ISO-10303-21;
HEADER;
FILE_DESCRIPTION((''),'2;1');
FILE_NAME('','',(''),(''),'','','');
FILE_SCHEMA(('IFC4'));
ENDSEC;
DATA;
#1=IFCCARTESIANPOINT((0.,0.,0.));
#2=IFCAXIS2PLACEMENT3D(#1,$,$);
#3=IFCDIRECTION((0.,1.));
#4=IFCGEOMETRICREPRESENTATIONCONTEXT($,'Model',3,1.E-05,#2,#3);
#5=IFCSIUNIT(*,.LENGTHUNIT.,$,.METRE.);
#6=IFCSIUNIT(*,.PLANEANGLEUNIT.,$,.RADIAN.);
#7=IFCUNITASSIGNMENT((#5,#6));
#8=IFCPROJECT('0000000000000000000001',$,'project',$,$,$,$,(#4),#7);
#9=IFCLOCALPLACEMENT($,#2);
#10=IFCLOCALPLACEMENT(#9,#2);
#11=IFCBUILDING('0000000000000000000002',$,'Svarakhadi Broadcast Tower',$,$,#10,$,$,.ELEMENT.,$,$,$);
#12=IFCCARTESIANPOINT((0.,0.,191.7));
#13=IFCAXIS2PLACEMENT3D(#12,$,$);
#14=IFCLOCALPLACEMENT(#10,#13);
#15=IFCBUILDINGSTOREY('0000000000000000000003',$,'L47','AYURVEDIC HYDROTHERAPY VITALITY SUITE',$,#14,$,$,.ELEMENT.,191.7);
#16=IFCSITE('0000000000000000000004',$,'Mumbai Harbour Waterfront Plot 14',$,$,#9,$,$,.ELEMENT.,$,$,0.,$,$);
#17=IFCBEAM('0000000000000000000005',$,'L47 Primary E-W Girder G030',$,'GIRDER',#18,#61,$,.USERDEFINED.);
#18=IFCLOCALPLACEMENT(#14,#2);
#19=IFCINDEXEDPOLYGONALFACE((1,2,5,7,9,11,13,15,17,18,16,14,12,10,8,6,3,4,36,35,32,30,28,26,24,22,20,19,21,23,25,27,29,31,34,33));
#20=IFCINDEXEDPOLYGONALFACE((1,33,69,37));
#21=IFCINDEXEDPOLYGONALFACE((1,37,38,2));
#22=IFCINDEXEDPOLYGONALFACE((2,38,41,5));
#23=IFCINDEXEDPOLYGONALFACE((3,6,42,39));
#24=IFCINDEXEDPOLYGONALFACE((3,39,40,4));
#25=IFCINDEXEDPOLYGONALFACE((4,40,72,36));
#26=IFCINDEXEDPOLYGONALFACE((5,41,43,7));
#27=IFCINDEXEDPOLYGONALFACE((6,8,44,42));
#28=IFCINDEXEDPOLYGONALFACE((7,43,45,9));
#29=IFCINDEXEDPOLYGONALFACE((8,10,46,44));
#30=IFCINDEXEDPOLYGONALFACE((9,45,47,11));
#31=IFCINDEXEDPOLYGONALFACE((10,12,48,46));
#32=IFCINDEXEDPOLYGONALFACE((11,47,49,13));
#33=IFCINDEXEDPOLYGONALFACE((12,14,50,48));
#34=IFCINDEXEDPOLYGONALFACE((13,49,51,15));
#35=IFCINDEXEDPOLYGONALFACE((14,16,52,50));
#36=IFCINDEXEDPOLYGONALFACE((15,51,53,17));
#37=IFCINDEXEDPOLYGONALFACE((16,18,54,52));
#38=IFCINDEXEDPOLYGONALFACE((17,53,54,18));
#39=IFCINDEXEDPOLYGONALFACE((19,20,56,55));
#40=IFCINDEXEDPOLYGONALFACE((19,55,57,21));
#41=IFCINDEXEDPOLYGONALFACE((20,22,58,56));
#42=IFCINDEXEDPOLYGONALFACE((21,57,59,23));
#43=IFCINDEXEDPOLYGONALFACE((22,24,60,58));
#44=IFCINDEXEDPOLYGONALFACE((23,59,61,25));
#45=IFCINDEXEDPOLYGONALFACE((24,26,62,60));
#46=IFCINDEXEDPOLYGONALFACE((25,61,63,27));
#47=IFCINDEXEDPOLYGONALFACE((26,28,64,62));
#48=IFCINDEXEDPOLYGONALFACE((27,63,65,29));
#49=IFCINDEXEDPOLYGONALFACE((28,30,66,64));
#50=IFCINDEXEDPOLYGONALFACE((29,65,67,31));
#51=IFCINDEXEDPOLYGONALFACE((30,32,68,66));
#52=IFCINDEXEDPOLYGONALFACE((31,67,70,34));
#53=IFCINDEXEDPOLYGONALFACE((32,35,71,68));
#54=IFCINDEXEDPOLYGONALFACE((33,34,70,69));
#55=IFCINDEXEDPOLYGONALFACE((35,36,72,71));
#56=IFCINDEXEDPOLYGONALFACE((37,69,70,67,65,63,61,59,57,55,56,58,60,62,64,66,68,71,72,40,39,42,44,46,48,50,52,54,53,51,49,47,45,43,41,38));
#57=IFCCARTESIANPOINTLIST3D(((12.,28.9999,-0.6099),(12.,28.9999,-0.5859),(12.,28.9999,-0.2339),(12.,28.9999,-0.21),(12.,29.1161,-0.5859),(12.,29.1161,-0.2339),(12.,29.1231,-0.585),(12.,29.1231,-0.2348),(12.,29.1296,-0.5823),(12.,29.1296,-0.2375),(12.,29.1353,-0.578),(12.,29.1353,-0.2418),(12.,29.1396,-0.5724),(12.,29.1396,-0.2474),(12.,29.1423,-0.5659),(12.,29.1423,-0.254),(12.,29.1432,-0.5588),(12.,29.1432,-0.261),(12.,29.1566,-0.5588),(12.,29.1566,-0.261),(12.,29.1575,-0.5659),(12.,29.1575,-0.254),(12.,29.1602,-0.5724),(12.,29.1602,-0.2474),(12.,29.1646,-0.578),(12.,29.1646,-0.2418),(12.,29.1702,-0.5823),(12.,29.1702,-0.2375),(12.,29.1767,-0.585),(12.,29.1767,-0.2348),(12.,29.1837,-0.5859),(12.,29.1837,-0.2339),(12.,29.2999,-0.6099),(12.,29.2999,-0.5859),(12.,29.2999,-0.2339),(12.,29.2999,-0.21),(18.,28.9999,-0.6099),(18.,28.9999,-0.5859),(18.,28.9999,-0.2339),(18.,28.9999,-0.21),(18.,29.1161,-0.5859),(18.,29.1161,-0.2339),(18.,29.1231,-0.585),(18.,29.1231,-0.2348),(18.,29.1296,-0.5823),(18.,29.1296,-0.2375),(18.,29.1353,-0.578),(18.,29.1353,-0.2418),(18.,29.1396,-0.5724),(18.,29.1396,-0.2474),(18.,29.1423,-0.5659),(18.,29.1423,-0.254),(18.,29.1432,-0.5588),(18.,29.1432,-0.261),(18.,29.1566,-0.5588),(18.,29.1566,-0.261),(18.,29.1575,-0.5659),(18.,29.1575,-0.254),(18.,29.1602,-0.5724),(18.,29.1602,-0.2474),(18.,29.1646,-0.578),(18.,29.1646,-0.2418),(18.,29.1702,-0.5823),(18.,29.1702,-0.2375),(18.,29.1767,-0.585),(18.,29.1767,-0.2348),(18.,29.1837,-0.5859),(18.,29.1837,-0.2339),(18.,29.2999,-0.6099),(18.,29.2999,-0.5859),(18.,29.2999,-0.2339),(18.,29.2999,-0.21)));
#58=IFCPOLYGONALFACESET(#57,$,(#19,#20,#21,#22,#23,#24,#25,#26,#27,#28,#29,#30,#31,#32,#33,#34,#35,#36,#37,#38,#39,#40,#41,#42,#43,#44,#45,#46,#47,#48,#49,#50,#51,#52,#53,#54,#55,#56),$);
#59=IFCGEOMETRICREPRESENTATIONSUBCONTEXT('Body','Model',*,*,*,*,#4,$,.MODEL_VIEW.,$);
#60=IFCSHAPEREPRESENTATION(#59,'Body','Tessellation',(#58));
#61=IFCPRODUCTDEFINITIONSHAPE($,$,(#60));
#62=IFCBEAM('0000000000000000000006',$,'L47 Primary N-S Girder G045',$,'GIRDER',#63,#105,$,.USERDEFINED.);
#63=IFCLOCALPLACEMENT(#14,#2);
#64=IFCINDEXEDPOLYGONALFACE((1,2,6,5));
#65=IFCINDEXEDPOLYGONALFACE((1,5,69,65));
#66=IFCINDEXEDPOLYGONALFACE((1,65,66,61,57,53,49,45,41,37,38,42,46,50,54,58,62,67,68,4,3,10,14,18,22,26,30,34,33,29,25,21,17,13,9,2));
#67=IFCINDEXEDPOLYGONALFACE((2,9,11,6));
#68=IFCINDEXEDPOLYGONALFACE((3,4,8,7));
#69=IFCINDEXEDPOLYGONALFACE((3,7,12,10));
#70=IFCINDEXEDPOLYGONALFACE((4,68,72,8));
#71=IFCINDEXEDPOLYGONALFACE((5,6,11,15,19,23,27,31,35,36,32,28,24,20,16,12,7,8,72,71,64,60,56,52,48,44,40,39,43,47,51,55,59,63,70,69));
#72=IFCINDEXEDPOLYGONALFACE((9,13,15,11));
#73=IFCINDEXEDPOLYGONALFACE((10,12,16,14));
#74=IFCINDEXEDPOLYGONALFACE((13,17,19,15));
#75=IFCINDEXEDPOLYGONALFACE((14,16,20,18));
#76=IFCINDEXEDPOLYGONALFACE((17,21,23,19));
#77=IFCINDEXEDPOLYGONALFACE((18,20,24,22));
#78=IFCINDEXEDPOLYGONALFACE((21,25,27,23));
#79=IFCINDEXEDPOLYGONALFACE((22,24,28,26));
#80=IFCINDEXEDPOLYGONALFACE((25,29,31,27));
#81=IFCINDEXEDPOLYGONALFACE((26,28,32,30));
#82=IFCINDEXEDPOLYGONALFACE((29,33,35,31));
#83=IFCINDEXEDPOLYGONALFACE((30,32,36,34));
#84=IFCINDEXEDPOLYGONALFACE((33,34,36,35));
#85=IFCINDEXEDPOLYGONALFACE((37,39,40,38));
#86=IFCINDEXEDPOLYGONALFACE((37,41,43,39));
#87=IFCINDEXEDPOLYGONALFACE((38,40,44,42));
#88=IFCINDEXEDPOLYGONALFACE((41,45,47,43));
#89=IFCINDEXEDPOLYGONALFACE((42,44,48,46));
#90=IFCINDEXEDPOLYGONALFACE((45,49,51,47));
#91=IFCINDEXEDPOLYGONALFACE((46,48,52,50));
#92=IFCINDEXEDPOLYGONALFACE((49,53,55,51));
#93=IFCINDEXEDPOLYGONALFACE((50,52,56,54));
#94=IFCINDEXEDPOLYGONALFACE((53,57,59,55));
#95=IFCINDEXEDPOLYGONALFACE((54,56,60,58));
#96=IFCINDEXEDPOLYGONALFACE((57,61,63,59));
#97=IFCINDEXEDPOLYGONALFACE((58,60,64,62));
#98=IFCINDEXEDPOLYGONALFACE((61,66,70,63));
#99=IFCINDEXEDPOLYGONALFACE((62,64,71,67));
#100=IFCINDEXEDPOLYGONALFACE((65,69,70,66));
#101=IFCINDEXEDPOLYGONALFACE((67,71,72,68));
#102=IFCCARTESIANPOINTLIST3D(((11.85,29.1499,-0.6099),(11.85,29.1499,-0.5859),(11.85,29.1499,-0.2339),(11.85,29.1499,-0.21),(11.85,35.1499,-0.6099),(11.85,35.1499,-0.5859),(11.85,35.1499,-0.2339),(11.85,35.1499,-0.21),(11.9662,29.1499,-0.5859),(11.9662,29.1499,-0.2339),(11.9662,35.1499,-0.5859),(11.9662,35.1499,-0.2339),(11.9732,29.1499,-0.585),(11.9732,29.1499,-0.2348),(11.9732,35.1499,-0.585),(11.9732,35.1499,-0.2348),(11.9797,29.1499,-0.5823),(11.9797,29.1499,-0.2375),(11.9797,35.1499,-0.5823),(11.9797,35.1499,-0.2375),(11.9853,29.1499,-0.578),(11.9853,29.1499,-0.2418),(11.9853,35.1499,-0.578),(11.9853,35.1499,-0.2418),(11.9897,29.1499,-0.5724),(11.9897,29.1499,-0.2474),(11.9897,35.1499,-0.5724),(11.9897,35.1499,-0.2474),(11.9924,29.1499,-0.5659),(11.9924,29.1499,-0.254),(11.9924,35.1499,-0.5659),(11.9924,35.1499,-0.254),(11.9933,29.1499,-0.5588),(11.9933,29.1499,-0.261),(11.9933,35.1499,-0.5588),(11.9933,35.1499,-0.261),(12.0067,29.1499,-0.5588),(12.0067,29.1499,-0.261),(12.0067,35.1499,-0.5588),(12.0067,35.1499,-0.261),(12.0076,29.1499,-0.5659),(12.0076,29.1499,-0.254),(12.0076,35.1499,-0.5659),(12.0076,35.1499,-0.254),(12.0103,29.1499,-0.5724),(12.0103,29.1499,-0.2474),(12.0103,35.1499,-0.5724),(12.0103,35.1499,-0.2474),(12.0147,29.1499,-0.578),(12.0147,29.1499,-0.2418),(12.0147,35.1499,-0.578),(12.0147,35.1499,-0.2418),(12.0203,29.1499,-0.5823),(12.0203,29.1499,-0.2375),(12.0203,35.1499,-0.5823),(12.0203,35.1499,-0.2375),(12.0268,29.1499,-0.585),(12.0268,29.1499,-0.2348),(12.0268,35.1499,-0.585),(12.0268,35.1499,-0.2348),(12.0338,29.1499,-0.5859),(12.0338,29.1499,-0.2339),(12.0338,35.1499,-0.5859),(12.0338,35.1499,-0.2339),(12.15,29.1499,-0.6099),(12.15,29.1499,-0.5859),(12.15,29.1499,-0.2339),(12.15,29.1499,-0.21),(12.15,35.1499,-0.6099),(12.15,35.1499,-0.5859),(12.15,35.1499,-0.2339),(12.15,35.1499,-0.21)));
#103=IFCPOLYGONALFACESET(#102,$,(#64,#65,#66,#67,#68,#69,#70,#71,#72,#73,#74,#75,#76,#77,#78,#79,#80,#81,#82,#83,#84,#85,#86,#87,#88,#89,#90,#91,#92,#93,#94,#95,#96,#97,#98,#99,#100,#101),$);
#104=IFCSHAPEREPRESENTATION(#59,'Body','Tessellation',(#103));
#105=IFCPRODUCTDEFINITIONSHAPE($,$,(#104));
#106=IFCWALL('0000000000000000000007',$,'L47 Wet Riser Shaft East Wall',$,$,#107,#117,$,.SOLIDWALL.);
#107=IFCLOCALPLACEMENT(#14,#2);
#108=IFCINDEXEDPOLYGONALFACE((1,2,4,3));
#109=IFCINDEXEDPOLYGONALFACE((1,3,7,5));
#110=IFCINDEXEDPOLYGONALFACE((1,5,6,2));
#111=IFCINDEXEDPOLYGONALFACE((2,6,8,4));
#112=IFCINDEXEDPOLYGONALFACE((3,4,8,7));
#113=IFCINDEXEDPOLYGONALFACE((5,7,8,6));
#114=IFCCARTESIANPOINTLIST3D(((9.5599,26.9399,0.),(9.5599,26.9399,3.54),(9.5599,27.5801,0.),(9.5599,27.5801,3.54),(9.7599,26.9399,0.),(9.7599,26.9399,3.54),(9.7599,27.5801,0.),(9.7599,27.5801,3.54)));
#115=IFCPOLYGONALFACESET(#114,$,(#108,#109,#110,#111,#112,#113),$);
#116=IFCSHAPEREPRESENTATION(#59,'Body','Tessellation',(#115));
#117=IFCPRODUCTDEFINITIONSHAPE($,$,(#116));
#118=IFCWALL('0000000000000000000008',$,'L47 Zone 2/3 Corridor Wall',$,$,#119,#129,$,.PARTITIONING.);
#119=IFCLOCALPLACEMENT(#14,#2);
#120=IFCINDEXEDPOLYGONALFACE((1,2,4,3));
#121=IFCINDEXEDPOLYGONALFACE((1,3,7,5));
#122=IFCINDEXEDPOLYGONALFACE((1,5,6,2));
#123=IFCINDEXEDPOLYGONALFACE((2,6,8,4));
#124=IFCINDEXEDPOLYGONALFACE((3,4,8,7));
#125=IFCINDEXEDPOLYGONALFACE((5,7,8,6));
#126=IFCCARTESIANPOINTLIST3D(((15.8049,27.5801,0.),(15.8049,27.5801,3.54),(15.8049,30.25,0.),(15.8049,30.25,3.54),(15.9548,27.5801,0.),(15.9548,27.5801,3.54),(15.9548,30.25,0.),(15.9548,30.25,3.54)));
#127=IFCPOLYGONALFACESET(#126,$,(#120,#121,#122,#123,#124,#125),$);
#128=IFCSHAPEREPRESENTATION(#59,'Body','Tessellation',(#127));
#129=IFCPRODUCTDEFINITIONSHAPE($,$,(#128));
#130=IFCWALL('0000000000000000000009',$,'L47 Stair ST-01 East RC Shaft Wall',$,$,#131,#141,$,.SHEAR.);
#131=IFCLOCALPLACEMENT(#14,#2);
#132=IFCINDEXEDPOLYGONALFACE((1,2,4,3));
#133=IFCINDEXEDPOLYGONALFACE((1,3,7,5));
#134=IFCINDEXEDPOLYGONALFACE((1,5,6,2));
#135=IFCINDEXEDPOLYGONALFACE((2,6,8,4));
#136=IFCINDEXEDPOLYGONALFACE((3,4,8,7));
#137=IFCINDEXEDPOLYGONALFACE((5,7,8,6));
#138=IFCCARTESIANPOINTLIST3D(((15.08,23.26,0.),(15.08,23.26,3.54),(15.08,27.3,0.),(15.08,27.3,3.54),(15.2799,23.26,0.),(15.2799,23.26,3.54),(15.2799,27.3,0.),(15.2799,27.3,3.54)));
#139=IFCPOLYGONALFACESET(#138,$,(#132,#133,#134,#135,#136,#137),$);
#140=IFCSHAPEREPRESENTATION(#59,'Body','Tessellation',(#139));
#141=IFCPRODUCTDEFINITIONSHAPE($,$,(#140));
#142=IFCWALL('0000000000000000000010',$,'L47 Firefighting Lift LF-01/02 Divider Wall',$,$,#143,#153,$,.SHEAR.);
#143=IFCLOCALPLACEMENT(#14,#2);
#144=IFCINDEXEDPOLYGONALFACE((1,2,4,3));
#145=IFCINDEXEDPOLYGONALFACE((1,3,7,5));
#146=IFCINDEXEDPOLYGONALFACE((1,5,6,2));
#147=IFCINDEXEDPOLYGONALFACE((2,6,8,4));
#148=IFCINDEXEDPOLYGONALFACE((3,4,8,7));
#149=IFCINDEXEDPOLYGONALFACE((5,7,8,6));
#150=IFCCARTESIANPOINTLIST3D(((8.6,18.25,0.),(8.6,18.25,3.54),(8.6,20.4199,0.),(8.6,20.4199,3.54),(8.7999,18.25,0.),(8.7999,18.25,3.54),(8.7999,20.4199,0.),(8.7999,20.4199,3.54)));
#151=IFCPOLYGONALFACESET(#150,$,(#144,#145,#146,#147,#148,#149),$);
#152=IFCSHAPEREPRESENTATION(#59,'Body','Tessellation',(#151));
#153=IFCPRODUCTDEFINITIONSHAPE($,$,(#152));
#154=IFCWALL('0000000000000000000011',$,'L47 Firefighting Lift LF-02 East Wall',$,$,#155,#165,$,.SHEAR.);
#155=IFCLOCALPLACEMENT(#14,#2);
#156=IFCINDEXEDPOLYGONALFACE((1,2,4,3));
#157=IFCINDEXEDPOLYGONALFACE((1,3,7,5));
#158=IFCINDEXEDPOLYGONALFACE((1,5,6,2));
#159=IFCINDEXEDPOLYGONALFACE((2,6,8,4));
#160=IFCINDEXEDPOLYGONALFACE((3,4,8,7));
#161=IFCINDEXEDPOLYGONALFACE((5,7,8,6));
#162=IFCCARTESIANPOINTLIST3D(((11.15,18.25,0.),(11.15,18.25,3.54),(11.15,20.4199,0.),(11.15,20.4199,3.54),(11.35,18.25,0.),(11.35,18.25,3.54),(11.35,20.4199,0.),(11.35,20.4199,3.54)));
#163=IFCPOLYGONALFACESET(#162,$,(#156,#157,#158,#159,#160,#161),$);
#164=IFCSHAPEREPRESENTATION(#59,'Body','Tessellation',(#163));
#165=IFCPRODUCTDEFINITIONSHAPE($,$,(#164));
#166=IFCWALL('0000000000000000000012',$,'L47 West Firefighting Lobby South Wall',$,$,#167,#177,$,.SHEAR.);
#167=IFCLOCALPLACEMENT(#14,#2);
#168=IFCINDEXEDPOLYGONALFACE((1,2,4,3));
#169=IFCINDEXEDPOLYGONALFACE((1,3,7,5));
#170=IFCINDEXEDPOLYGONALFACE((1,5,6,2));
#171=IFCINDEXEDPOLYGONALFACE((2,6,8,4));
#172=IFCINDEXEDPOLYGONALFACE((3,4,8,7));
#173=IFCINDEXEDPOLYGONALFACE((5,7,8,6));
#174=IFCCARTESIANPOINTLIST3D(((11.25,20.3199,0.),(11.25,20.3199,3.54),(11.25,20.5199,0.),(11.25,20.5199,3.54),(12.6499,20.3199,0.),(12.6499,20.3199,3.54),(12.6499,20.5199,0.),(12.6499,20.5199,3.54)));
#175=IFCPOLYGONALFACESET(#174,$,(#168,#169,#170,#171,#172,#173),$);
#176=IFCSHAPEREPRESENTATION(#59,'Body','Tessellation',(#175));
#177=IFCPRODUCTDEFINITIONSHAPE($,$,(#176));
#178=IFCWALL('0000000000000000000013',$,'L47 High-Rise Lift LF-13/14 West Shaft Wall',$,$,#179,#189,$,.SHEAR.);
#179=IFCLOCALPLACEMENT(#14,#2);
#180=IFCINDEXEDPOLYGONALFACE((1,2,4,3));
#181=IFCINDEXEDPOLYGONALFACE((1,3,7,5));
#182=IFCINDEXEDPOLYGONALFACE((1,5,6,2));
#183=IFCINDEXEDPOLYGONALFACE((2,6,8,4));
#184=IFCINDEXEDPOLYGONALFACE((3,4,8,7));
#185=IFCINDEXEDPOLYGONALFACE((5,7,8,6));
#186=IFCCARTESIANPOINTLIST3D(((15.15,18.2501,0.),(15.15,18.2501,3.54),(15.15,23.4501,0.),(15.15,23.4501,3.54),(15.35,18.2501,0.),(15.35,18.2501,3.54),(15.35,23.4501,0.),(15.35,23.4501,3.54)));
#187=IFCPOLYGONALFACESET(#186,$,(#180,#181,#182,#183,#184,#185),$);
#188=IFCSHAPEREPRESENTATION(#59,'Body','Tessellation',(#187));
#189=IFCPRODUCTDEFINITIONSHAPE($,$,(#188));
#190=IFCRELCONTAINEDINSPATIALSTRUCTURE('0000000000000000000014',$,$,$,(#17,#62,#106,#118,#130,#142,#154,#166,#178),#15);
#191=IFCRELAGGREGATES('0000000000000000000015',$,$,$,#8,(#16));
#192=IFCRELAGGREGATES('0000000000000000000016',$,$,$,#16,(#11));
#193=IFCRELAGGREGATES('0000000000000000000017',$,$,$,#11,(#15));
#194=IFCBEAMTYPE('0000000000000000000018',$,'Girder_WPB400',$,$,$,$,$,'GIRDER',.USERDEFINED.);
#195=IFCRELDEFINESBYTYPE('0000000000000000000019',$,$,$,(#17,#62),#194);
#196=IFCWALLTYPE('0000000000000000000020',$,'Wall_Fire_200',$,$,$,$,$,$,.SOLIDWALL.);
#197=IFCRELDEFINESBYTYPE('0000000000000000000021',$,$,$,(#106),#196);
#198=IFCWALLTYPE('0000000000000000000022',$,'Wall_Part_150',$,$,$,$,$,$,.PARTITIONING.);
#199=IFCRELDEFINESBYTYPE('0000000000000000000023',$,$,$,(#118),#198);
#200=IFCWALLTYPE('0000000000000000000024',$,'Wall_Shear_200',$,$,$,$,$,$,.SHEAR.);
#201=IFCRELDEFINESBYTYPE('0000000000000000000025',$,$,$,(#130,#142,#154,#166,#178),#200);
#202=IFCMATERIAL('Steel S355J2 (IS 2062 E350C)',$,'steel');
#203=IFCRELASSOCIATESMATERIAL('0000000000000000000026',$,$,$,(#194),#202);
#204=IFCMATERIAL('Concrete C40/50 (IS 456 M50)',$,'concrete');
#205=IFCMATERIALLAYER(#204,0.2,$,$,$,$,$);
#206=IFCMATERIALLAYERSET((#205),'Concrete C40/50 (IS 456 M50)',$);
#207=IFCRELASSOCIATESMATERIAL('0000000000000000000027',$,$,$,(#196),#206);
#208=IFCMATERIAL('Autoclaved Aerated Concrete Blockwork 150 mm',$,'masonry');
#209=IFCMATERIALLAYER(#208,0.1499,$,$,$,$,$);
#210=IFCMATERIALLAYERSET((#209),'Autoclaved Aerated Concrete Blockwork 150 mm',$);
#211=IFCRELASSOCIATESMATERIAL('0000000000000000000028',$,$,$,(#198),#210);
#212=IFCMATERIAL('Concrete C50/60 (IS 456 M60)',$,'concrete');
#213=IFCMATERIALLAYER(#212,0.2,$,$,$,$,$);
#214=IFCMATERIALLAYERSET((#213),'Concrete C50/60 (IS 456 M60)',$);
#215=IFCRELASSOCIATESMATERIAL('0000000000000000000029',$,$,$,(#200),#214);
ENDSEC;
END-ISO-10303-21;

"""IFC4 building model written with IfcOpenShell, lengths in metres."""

from ifc_helpers import new_model, si_unit, direction, frame, frame_2d, origin, origin_2d, place, context, subcontext, project, spatial, rectangle, i_section, extrude, material, layer, layer_set, material_profile, profile_set, type_object, element, save


model = new_model("IFC4")

# Units and contexts
model_context = context("Model", 3, precision=1e-05, world=origin(), true_north=direction((0.0, 1.0)))
body_context = subcontext(model_context, "Body", "Model", "MODEL_VIEW")
ifc_project = project(units=[si_unit("LENGTHUNIT", "METRE"), si_unit("PLANEANGLEUNIT", "RADIAN")], contexts=[model_context])

# Site, building, storey
site_placement = place(None, origin())
site = spatial("IfcSite", under=ifc_project, at=site_placement, Name="Mumbai Harbour Waterfront Plot 14", CompositionType="ELEMENT", RefElevation=0.0)
building_placement = place(site_placement, origin())
building = spatial("IfcBuilding", under=site, at=building_placement, Name="Svarakhadi Broadcast Tower", CompositionType="ELEMENT")
storey_placement = place(building_placement, frame((0.0, 0.0, 191.7)))
storey = spatial("IfcBuildingStorey", under=building, at=storey_placement, Name="L47", Description="AYURVEDIC HYDROTHERAPY VITALITY SUITE", CompositionType="ELEMENT", Elevation=191.7)

# Shared definitions
ifc_material_1 = material(Name="Concrete C50/60 (IS 456 M60)", Category="concrete")

# Beams
ifc_material_2 = material(Name="Steel S355J2 (IS 2062 E350C)", Category="steel")
ifc_material_profile_1 = material_profile(ifc_material_2, i_section(OverallWidth=0.3, OverallDepth=0.3999, WebThickness=0.0134, FlangeThickness=0.0239, FilletRadius=0.0271, at=origin_2d()), Name="WPB 400x300x155")
ifc_profile_set_1 = profile_set([ifc_material_profile_1], Name="Steel S355J2 (IS 2062 E350C)")
beam_type = type_object("IfcBeamType", Name="Girder_WPB400", ElementType="GIRDER", PredefinedType="USERDEFINED", material=ifc_profile_set_1)
for number, where, z_axis, x_axis, name in (
    (1, (12.0, 29.1499, -0.4099), (1.0, 0.0, 0.0), (0.0, 1.0, 0.0), "L47 Primary E-W Girder G030"),
    (2, (12.0, 29.1499, -0.4099), (0.0, 1.0, 0.0), (-1.0, 0.0, 0.0), "L47 Primary N-S Girder G045"),
):
    element("IfcBeam", number, at=place(storey_placement, frame(where, z_axis=z_axis, x_axis=x_axis)), inside=storey, type_object=beam_type, Name=name, ObjectType="GIRDER", PredefinedType="USERDEFINED", context=body_context, shape_type="SweptSolid", body=[
        extrude(i_section(OverallWidth=0.3, OverallDepth=0.3999, WebThickness=0.0134, FlangeThickness=0.0239, FilletRadius=0.0271, at=origin_2d()), origin(), (0.0, 0.0, 1.0), 6.0),
    ])

# Wall
ifc_material_3 = material(Name="Concrete C40/50 (IS 456 M50)", Category="concrete")
ifc_layer_1 = layer(ifc_material_3, 0.2)
ifc_layer_set_1 = layer_set([ifc_layer_1], Name="Concrete C40/50 (IS 456 M50)")
wall_type_1 = type_object("IfcWallType", Name="Wall_Fire_200", PredefinedType="SOLIDWALL", material=ifc_layer_set_1)
wall_1_placement = place(storey_placement, frame((9.6599, 26.9399, 0.0), z_axis=(0.0, 0.0, 1.0), x_axis=(0.0, 1.0, 0.0)))
element("IfcWall", 3, at=wall_1_placement, inside=storey, type_object=wall_type_1, Name="L47 Wet Riser Shaft East Wall", PredefinedType="SOLIDWALL", context=body_context, shape_type="SweptSolid", body=[
    extrude(rectangle(XDim=0.6401, YDim=0.2, at=frame_2d((0.3201, 0.0))), origin(), (0.0, 0.0, 1.0), 3.54),
])

# Shared definitions
ifc_material_4 = material(Name="Autoclaved Aerated Concrete Blockwork 150 mm", Category="masonry")
ifc_layer_2 = layer(ifc_material_4, 0.1499)
ifc_layer_set_2 = layer_set([ifc_layer_2], Name="Autoclaved Aerated Concrete Blockwork 150 mm")
wall_type_2 = type_object("IfcWallType", Name="Wall_Part_150", PredefinedType="PARTITIONING", material=ifc_layer_set_2)

# Walls
wall_2_placement = place(storey_placement, frame((15.8799, 27.5801, 0.0), z_axis=(0.0, 0.0, 1.0), x_axis=(0.0, 1.0, 0.0)))
element("IfcWall", 4, at=wall_2_placement, inside=storey, type_object=wall_type_2, Name="L47 Zone 2/3 Corridor Wall", PredefinedType="PARTITIONING", context=body_context, shape_type="SweptSolid", body=[
    extrude(rectangle(XDim=2.6699, YDim=0.1499, at=frame_2d((1.335, 0.0))), origin(), (0.0, 0.0, 1.0), 3.54),
])
ifc_layer_3 = layer(ifc_material_1, 0.2)
ifc_layer_set_3 = layer_set([ifc_layer_3], Name="Concrete C50/60 (IS 456 M60)")
wall_type_3 = type_object("IfcWallType", Name="Wall_Shear_200", PredefinedType="SHEAR", material=ifc_layer_set_3)
wall_3_placement = place(storey_placement, frame((15.1799, 23.26, 0.0), z_axis=(0.0, 0.0, 1.0), x_axis=(0.0, 1.0, 0.0)))
element("IfcWall", 5, at=wall_3_placement, inside=storey, type_object=wall_type_3, Name="L47 Stair ST-01 East RC Shaft Wall", PredefinedType="SHEAR", context=body_context, shape_type="SweptSolid", body=[
    extrude(rectangle(XDim=4.04, YDim=0.2, at=frame_2d((2.02, 0.0))), origin(), (0.0, 0.0, 1.0), 3.54),
])
for number, where, z_axis, x_axis, name in (
    (6, (8.7, 18.25, 0.0), (0.0, 0.0, 1.0), (0.0, 1.0, 0.0), "L47 Firefighting Lift LF-01/02 Divider Wall"),
    (7, (11.25, 18.25, 0.0), (0.0, 0.0, 1.0), (0.0, 1.0, 0.0), "L47 Firefighting Lift LF-02 East Wall"),
):
    element("IfcWall", number, at=place(storey_placement, frame(where, z_axis=z_axis, x_axis=x_axis)), inside=storey, type_object=wall_type_3, Name=name, PredefinedType="SHEAR", context=body_context, shape_type="SweptSolid", body=[
        extrude(rectangle(XDim=2.1699, YDim=0.2, at=frame_2d((1.085, 0.0))), origin(), (0.0, 0.0, 1.0), 3.54),
    ])
wall_4_placement = place(storey_placement, frame((11.25, 20.4199, 0.0), z_axis=(0.0, 0.0, 1.0), x_axis=(1.0, 0.0, 0.0)))
element("IfcWall", 8, at=wall_4_placement, inside=storey, type_object=wall_type_3, Name="L47 West Firefighting Lobby South Wall", PredefinedType="SHEAR", context=body_context, shape_type="SweptSolid", body=[
    extrude(rectangle(XDim=1.3999, YDim=0.2, at=frame_2d((0.7, 0.0))), origin(), (0.0, 0.0, 1.0), 3.54),
])

# Wall
wall_5_placement = place(storey_placement, frame((15.25, 18.25, 0.0), z_axis=(0.0, 0.0, 1.0), x_axis=(0.0, 1.0, 0.0)))
element("IfcWall", 9, at=wall_5_placement, inside=storey, type_object=wall_type_3, Name="L47 High-Rise Lift LF-13/14 West Shaft Wall", PredefinedType="SHEAR", context=body_context, shape_type="SweptSolid", body=[
    extrude(rectangle(XDim=5.2, YDim=0.2, at=frame_2d((2.6001, 0.0))), origin(), (0.0, 0.0, 1.0), 3.54),
])

save(model, "model.ifc")
